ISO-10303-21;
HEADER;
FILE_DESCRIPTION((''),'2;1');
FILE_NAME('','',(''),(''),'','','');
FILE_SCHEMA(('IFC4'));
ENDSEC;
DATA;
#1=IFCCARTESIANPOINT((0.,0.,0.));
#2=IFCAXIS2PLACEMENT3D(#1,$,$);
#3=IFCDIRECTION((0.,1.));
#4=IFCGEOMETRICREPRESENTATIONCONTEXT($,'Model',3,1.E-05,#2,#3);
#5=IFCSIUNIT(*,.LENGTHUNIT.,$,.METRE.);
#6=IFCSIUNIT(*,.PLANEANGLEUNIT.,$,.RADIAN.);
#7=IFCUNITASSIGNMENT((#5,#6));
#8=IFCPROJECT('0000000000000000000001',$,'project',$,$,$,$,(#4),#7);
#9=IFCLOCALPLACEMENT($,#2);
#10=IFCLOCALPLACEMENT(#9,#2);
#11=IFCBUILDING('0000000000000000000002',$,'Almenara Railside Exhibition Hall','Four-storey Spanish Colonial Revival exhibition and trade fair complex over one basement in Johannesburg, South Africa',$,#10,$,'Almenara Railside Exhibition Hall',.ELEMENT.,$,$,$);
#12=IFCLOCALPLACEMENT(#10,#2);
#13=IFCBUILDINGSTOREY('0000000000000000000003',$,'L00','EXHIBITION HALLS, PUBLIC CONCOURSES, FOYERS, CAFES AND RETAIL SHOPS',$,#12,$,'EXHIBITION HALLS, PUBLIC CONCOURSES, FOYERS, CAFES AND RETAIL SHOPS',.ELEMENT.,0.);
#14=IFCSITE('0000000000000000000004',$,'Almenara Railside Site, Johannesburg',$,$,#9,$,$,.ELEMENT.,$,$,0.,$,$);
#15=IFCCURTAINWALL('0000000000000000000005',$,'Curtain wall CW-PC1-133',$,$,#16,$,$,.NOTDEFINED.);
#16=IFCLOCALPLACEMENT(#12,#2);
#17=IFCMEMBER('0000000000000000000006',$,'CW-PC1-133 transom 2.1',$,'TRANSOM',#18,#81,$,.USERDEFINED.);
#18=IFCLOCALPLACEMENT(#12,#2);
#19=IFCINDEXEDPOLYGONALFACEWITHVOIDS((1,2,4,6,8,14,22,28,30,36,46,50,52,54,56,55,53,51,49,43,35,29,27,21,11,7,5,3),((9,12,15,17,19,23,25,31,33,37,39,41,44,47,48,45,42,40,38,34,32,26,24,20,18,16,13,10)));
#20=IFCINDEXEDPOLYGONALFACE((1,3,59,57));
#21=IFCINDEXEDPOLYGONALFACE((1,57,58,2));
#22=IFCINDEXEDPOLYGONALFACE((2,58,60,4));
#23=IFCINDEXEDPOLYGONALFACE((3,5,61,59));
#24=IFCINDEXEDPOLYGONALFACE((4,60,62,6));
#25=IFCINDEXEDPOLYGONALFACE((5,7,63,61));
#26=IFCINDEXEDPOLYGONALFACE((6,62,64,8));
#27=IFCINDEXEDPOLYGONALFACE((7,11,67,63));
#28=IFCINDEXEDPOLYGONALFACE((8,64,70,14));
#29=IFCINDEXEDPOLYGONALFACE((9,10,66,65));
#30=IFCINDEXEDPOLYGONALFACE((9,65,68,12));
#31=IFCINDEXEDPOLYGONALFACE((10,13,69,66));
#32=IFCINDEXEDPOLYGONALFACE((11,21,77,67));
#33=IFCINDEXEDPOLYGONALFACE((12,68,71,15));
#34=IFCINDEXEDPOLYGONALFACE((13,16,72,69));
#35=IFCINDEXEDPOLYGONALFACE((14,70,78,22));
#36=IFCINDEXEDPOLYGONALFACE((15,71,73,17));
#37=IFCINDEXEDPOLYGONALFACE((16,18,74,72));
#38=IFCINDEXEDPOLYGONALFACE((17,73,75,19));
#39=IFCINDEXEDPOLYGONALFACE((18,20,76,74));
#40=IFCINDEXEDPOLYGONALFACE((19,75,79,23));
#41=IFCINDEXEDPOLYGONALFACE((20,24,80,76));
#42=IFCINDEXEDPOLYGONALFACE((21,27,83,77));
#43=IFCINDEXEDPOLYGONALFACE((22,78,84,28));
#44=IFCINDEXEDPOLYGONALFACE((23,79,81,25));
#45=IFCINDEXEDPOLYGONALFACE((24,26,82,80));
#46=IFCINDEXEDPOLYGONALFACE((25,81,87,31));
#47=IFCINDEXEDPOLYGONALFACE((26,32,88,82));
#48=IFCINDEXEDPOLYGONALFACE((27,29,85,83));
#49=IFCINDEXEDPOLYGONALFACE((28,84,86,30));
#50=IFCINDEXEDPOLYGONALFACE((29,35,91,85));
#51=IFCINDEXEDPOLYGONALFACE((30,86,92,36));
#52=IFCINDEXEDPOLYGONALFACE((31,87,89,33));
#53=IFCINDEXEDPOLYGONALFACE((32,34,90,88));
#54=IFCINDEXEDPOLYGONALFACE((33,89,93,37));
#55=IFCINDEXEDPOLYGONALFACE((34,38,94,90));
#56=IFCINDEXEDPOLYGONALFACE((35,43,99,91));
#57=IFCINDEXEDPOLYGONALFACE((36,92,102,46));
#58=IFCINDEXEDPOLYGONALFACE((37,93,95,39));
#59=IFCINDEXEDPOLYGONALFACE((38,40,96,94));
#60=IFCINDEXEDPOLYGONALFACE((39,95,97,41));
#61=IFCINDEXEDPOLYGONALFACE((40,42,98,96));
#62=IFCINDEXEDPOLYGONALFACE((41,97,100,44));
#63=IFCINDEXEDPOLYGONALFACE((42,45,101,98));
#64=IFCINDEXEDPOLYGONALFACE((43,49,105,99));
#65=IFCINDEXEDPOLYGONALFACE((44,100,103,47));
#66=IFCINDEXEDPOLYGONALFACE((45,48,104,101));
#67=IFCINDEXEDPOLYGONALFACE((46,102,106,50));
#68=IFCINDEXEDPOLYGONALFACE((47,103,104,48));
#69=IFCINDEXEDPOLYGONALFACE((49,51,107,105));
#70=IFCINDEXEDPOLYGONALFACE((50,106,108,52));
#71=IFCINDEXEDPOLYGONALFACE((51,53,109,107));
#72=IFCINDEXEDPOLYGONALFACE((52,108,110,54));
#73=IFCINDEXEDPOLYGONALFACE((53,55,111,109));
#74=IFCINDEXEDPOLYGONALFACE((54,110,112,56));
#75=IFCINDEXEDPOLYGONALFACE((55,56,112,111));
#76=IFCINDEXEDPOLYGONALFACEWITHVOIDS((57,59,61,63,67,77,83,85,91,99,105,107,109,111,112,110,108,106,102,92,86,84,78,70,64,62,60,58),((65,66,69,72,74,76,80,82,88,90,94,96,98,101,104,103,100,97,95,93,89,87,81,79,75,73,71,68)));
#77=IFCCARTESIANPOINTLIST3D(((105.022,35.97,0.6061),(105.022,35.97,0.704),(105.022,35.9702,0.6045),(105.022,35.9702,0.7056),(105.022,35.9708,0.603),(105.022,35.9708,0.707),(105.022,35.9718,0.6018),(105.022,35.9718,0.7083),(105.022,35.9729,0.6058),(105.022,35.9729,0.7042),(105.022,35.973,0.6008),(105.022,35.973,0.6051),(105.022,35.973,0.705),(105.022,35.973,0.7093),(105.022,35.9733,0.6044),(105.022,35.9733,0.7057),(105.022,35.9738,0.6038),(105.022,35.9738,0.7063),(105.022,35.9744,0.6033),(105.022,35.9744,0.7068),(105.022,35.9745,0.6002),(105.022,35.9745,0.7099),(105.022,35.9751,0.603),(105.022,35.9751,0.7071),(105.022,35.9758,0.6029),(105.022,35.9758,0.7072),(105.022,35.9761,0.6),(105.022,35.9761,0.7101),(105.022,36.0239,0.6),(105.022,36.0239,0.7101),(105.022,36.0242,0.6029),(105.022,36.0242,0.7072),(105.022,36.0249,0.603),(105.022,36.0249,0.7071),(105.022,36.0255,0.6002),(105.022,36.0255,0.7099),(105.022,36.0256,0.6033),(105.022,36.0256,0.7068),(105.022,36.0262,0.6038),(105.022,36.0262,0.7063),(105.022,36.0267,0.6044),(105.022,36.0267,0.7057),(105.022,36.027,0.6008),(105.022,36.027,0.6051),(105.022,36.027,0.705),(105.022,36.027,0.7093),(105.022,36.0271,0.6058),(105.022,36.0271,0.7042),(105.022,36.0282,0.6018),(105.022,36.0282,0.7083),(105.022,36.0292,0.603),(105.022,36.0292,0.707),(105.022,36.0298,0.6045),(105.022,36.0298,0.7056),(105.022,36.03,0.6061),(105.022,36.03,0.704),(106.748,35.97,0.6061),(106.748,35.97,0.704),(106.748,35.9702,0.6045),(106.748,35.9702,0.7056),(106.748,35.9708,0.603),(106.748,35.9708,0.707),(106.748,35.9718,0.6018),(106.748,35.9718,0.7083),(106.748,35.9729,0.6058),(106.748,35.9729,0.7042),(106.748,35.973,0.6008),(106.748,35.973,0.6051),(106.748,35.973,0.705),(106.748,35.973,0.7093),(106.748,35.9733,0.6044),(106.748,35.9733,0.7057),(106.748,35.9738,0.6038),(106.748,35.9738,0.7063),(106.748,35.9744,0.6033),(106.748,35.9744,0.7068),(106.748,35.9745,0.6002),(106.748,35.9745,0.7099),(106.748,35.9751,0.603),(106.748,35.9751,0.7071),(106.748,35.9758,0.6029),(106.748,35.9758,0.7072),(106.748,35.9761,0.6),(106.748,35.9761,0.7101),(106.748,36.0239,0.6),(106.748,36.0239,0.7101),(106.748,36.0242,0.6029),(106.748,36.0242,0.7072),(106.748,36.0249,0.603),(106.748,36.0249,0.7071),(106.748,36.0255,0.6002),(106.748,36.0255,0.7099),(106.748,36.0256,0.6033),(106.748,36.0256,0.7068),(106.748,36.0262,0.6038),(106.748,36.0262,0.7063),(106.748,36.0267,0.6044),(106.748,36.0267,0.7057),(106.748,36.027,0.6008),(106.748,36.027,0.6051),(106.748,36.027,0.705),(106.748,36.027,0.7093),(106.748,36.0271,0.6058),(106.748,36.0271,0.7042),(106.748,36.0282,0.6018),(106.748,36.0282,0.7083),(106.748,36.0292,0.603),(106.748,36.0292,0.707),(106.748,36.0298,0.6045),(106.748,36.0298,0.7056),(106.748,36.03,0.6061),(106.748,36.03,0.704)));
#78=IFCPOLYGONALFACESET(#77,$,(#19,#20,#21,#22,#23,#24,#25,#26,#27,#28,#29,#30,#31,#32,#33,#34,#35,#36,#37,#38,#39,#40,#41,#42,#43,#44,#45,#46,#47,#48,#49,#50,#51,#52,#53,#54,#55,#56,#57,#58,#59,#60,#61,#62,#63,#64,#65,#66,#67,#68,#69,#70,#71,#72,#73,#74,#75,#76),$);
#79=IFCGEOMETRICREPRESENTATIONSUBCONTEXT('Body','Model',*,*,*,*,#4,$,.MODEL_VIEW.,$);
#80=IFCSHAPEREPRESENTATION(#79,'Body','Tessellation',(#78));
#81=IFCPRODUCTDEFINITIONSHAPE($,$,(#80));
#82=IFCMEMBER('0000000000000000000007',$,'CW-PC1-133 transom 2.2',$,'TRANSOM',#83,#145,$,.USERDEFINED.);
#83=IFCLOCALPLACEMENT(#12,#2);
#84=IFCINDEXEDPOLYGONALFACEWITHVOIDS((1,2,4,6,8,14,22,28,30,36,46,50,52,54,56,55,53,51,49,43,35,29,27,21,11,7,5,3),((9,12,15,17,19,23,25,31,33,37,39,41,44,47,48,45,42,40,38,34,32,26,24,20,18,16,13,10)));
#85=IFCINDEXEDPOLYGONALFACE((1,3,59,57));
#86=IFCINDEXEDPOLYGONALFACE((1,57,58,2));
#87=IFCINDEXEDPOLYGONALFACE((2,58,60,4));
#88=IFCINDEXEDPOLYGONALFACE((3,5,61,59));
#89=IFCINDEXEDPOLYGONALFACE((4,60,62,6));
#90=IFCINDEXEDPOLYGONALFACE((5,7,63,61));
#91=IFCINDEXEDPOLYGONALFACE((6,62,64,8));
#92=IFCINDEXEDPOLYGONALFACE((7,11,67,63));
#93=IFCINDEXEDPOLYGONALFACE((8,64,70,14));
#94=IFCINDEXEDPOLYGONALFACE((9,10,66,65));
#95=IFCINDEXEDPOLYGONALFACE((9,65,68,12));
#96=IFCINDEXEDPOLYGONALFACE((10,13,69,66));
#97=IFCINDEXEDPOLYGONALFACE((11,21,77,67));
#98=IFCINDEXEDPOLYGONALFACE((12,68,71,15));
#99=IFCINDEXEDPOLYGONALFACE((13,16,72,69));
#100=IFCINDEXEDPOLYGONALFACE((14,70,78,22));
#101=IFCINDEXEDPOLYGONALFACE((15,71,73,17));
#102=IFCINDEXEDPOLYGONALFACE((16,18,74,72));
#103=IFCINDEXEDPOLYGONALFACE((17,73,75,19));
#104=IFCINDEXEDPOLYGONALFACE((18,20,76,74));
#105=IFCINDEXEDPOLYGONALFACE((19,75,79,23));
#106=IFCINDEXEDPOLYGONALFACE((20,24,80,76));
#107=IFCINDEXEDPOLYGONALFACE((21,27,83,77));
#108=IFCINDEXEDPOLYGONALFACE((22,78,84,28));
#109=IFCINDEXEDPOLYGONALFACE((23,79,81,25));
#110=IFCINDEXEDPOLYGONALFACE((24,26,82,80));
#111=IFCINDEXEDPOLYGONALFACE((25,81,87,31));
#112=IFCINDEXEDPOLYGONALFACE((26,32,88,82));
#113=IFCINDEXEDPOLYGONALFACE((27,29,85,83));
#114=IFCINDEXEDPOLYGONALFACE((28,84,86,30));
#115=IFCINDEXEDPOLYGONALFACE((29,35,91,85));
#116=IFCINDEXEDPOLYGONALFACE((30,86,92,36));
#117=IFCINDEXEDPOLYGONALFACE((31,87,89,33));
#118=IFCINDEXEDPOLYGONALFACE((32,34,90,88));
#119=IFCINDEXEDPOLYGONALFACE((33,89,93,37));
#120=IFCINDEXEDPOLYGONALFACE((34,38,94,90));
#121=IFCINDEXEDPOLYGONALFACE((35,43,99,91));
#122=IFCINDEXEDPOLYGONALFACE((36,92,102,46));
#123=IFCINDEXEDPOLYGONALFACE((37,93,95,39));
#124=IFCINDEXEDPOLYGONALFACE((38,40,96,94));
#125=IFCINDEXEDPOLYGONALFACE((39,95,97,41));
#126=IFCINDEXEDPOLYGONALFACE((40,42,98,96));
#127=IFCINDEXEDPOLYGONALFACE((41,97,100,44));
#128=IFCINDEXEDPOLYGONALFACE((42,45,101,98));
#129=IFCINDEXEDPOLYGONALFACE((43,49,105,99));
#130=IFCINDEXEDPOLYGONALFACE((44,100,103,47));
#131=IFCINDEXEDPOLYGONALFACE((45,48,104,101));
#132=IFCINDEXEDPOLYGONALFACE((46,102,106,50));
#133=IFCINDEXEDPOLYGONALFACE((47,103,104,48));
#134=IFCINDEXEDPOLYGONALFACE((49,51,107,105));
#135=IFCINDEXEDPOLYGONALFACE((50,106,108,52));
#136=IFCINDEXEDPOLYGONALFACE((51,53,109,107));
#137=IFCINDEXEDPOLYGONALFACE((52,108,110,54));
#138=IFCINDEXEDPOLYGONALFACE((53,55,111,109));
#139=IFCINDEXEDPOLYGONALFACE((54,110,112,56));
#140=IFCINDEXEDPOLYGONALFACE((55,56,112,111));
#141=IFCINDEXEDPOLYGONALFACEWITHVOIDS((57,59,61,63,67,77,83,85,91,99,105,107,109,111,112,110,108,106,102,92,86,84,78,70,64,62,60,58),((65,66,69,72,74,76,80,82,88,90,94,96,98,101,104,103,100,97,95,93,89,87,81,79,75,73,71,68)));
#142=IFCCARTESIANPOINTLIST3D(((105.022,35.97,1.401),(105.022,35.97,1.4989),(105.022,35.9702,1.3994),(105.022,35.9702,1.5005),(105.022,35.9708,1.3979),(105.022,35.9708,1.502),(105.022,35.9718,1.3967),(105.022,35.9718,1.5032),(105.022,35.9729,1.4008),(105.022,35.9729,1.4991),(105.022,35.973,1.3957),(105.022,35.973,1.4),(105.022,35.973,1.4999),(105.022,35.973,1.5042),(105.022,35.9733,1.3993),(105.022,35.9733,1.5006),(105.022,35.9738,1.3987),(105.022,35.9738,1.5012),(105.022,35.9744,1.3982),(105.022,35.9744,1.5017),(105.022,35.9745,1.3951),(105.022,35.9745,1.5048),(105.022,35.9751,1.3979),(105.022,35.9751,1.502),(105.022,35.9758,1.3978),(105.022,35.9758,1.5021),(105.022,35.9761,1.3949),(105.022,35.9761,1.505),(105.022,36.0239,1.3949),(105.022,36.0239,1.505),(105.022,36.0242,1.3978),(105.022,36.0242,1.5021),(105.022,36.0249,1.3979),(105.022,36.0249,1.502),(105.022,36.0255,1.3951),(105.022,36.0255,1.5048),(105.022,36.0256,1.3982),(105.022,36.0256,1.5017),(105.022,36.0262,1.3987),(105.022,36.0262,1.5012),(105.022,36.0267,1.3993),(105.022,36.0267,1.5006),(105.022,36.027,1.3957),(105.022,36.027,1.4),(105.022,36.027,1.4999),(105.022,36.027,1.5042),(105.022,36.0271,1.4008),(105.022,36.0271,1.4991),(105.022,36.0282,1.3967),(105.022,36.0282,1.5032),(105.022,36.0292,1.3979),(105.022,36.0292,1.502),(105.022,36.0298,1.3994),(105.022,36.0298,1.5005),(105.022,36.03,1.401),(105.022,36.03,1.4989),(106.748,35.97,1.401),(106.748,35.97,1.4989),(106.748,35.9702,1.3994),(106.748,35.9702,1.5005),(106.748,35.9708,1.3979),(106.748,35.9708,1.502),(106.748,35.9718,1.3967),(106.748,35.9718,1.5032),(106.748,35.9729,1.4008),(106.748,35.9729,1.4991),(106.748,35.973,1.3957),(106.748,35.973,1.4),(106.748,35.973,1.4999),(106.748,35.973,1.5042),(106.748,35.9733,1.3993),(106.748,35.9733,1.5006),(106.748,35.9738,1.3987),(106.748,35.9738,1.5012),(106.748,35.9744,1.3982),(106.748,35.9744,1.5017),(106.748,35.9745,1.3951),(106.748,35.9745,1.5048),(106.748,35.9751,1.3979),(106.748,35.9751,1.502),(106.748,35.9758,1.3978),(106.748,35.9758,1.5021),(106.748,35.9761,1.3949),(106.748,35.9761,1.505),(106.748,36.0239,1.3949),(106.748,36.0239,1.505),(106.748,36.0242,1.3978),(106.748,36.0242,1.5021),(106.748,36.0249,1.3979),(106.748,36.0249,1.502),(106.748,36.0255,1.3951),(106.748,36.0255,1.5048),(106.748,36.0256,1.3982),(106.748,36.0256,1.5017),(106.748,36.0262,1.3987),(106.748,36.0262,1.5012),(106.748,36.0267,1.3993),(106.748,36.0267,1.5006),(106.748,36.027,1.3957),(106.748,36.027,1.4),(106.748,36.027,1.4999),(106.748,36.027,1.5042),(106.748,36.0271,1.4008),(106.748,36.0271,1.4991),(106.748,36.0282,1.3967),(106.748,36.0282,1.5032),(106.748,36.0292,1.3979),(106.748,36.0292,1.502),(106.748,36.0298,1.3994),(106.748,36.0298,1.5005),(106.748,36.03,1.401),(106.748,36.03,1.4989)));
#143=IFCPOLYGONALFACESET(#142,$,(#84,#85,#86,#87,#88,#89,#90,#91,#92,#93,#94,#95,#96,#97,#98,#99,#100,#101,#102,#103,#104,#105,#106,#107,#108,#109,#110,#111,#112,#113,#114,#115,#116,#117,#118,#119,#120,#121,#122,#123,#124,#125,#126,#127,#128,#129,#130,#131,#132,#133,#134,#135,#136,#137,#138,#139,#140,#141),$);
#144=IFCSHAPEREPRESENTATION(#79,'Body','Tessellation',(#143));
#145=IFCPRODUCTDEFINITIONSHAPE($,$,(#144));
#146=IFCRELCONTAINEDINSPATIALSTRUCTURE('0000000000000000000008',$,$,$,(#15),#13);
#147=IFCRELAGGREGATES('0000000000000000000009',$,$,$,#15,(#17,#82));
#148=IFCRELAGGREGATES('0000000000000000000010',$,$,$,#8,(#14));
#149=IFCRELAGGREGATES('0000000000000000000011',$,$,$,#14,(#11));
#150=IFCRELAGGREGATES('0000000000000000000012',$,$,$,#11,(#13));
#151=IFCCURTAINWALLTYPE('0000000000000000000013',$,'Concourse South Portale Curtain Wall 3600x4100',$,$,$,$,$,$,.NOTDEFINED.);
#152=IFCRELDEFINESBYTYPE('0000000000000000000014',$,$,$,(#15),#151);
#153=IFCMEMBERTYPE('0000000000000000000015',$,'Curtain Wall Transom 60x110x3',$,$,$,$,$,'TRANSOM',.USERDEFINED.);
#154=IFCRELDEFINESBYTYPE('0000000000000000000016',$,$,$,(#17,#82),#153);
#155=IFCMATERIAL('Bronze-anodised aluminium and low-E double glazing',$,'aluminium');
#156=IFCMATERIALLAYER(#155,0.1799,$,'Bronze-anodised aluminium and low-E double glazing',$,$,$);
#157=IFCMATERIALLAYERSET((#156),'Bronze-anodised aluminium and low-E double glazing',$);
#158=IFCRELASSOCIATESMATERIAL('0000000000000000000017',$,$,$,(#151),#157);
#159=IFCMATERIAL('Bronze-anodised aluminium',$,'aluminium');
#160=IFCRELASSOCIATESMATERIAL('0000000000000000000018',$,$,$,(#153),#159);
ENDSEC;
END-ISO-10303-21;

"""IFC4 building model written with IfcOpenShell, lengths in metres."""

from ifc_helpers import new_model, si_unit, direction, frame, origin, origin_2d, place, context, subcontext, project, spatial, hollow_rectangle, extrude, material, layer, layer_set, material_profile, profile_set, type_object, element, aggregate, save


model = new_model("IFC4")

# Units and contexts
model_context = context("Model", 3, precision=1e-05, world=origin(), true_north=direction((0.0, 1.0)))
body_context = subcontext(model_context, "Body", "Model", "MODEL_VIEW")
ifc_project = project(units=[si_unit("LENGTHUNIT", "METRE"), si_unit("PLANEANGLEUNIT", "RADIAN")], contexts=[model_context])

# Site, building, storey
site_placement = place(None, origin())
site = spatial("IfcSite", under=ifc_project, at=site_placement, Name="Almenara Railside Site, Johannesburg", CompositionType="ELEMENT", RefElevation=0.0)
building_placement = place(site_placement, origin())
building = spatial("IfcBuilding", under=site, at=building_placement, Name="Almenara Railside Exhibition Hall", Description="Four-storey Spanish Colonial Revival exhibition and trade fair complex over one basement in Johannesburg, South Africa", LongName="Almenara Railside Exhibition Hall", CompositionType="ELEMENT")
storey_placement = place(building_placement, origin())
storey = spatial("IfcBuildingStorey", under=building, at=storey_placement, Name="L00", Description="EXHIBITION HALLS, PUBLIC CONCOURSES, FOYERS, CAFES AND RETAIL SHOPS", LongName="EXHIBITION HALLS, PUBLIC CONCOURSES, FOYERS, CAFES AND RETAIL SHOPS", CompositionType="ELEMENT", Elevation=0.0)

# Curtain wall, members
ifc_material_1 = material(Name="Bronze-anodised aluminium and low-E double glazing", Category="aluminium")
ifc_layer_1 = layer(ifc_material_1, 0.1799, Name="Bronze-anodised aluminium and low-E double glazing")
ifc_layer_set_1 = layer_set([ifc_layer_1], Name="Bronze-anodised aluminium and low-E double glazing")
curtain_wall_type = type_object("IfcCurtainWallType", Name="Concourse South Portale Curtain Wall 3600x4100", PredefinedType="NOTDEFINED", material=ifc_layer_set_1)
curtain_wall_placement = place(storey_placement, origin())
curtain_wall = element("IfcCurtainWall", 1, at=curtain_wall_placement, inside=storey, type_object=curtain_wall_type, Name="Curtain wall CW-PC1-133", PredefinedType="NOTDEFINED")
ifc_material_2 = material(Name="Bronze-anodised aluminium", Category="aluminium")
ifc_material_profile_1 = material_profile(ifc_material_2, hollow_rectangle(XDim=0.0601, YDim=0.1101, WallThickness=0.0029, InnerFilletRadius=0.0029, OuterFilletRadius=0.0061, at=origin_2d()), Name="ALU-TRN 60x110x3")
ifc_profile_set_1 = profile_set([ifc_material_profile_1], Name="Bronze-anodised aluminium")
member_type_1 = type_object("IfcMemberType", Name="Curtain Wall Transom 60x110x3", ElementType="TRANSOM", PredefinedType="USERDEFINED", material=ifc_profile_set_1)
member_1_placement = place(storey_placement, frame((105.022, 36.0, 0.655), z_axis=(1.0, 0.0, 0.0), x_axis=(0.0, 1.0, 0.0)))
member_1 = element("IfcMember", 2, at=member_1_placement, type_object=member_type_1, Name="CW-PC1-133 transom 2.1", ObjectType="TRANSOM", PredefinedType="USERDEFINED", context=body_context, shape_type="SweptSolid", body=[
    extrude(hollow_rectangle(XDim=0.0601, YDim=0.1101, WallThickness=0.0029, InnerFilletRadius=0.0029, OuterFilletRadius=0.0061, at=origin_2d()), origin(), (0.0, 0.0, 1.0), 1.7261),
])
member_2_placement = place(storey_placement, frame((105.022, 36.0, 1.45), z_axis=(1.0, 0.0, 0.0), x_axis=(0.0, 1.0, 0.0)))
member_2 = element("IfcMember", 3, at=member_2_placement, type_object=member_type_1, Name="CW-PC1-133 transom 2.2", ObjectType="TRANSOM", PredefinedType="USERDEFINED", context=body_context, shape_type="SweptSolid", body=[
    extrude(hollow_rectangle(XDim=0.0601, YDim=0.1101, WallThickness=0.0029, InnerFilletRadius=0.0029, OuterFilletRadius=0.0061, at=origin_2d()), origin(), (0.0, 0.0, 1.0), 1.7261),
])

aggregate(curtain_wall, [member_1, member_2])

save(model, "model.ifc")
